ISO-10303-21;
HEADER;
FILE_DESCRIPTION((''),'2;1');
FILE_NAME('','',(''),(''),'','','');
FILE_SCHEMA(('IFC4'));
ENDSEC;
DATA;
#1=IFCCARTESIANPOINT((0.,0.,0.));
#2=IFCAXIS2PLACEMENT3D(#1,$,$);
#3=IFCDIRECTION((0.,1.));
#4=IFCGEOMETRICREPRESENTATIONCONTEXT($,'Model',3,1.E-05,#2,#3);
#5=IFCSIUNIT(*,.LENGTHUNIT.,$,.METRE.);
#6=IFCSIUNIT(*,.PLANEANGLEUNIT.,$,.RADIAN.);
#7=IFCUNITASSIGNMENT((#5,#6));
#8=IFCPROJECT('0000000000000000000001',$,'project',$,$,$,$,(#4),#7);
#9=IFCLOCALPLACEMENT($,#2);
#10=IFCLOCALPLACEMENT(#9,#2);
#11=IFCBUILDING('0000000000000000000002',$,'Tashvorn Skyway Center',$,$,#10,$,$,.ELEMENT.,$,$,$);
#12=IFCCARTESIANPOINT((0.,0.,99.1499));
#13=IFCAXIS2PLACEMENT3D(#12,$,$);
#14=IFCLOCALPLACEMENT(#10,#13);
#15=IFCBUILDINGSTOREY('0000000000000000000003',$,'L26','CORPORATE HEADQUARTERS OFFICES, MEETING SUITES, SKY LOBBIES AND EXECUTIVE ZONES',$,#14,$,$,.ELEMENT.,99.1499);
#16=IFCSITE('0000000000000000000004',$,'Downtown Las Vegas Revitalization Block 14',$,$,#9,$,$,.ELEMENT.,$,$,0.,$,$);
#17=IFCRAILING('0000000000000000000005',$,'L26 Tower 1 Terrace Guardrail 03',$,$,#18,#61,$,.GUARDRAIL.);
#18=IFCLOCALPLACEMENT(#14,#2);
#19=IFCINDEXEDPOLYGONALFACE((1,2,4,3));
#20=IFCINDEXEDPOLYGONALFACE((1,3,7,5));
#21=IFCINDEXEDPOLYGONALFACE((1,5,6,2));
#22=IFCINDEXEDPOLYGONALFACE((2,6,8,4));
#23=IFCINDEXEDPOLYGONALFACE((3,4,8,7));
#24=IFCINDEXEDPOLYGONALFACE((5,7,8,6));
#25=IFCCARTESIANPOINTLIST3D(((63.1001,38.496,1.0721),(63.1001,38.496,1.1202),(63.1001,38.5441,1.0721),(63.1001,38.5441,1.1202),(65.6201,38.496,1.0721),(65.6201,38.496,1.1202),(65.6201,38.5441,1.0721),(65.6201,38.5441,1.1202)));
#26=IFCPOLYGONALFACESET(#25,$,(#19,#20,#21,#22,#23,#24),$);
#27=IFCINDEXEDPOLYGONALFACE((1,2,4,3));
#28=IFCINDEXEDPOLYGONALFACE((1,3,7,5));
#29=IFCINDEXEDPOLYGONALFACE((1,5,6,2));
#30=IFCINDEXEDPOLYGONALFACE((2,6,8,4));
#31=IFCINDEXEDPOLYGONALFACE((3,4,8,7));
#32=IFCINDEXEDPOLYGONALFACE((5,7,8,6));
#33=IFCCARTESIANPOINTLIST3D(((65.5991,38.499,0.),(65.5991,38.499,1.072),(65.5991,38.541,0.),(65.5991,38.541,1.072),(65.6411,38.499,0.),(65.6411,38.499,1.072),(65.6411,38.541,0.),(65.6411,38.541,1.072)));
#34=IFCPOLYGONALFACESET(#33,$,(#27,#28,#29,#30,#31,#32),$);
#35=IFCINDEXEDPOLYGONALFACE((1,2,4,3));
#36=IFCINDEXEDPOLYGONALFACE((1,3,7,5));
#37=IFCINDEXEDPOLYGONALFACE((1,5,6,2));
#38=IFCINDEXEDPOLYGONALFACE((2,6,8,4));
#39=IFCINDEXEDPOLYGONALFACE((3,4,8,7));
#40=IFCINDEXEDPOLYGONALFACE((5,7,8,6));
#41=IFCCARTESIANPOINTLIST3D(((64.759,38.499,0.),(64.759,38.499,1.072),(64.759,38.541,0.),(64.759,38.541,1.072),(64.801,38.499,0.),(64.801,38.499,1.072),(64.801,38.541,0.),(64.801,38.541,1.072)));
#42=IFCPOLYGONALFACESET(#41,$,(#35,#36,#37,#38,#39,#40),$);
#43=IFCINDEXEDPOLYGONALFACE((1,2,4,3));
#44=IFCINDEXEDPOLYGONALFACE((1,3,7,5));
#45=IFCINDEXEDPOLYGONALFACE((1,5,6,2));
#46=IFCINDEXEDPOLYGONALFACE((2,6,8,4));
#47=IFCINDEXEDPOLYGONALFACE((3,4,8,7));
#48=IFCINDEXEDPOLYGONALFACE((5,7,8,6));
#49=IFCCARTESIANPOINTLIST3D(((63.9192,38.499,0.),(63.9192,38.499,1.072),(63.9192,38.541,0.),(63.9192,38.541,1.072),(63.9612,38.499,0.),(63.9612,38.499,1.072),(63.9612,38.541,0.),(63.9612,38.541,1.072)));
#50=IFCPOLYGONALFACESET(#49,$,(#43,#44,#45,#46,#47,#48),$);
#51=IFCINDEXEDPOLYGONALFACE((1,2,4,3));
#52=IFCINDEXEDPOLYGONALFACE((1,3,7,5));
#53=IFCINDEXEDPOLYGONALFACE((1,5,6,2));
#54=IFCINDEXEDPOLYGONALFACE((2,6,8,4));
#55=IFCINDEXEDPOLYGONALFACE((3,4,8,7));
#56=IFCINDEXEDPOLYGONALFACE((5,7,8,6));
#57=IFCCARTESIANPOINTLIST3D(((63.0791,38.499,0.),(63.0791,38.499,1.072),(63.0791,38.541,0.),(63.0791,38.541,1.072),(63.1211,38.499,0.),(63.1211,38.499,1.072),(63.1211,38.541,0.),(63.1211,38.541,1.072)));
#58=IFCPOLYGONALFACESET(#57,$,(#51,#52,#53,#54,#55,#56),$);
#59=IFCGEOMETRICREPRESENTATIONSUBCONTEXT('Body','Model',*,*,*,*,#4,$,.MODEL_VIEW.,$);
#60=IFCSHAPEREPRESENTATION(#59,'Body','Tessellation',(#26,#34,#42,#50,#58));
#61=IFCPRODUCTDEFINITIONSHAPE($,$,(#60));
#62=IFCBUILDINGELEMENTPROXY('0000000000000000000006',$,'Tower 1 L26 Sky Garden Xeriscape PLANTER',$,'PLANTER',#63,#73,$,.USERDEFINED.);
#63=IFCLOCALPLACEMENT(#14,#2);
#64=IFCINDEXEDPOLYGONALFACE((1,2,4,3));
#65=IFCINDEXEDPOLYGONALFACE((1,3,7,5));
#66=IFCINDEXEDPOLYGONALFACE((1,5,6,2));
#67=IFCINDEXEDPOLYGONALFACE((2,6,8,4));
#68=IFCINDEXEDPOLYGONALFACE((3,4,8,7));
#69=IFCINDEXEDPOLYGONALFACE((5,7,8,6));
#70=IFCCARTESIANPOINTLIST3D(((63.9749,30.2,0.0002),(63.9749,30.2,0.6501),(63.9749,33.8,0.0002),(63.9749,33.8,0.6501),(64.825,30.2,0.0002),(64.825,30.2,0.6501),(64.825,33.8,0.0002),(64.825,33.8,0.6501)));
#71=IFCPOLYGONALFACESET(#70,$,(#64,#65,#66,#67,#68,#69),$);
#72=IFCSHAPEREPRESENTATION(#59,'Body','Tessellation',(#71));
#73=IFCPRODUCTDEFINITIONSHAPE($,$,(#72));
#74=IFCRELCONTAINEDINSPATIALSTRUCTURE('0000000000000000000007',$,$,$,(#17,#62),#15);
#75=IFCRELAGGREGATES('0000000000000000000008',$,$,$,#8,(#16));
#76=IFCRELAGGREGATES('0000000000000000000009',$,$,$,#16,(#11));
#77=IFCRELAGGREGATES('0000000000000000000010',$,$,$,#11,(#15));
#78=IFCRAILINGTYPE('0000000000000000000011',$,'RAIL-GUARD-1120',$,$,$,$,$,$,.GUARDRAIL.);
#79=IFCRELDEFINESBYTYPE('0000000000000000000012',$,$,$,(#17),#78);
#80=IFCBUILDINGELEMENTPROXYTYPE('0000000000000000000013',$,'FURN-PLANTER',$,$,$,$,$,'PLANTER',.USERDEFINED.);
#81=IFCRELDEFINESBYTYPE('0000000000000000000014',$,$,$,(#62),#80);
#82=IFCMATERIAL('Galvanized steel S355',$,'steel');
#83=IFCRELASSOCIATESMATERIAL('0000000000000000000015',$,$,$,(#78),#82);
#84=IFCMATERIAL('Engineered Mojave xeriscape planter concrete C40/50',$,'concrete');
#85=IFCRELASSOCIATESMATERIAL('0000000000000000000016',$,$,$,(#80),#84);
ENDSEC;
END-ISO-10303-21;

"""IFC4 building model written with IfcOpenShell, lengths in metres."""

from ifc_helpers import new_model, si_unit, direction, frame, origin, origin_2d, place, context, subcontext, project, spatial, rectangle, extrude, material, type_object, element, save


model = new_model("IFC4")

# Units and contexts
model_context = context("Model", 3, precision=1e-05, world=origin(), true_north=direction((0.0, 1.0)))
body_context = subcontext(model_context, "Body", "Model", "MODEL_VIEW")
ifc_project = project(units=[si_unit("LENGTHUNIT", "METRE"), si_unit("PLANEANGLEUNIT", "RADIAN")], contexts=[model_context])

# Site, building, storey
site_placement = place(None, origin())
site = spatial("IfcSite", under=ifc_project, at=site_placement, Name="Downtown Las Vegas Revitalization Block 14", CompositionType="ELEMENT", RefElevation=0.0)
building_placement = place(site_placement, origin())
building = spatial("IfcBuilding", under=site, at=building_placement, Name="Tashvorn Skyway Center", CompositionType="ELEMENT")
storey_placement = place(building_placement, frame((0.0, 0.0, 99.1499)))
storey = spatial("IfcBuildingStorey", under=building, at=storey_placement, Name="L26", Description="CORPORATE HEADQUARTERS OFFICES, MEETING SUITES, SKY LOBBIES AND EXECUTIVE ZONES", CompositionType="ELEMENT", Elevation=99.1499)

# Railing
ifc_material_1 = material(Name="Galvanized steel S355", Category="steel")
railing_type = type_object("IfcRailingType", Name="RAIL-GUARD-1120", PredefinedType="GUARDRAIL", material=ifc_material_1)
railing_1_placement = place(storey_placement, frame((65.6201, 38.52, 0.0)))
element("IfcRailing", 1, at=railing_1_placement, inside=storey, type_object=railing_type, Name="L26 Tower 1 Terrace Guardrail 03", PredefinedType="GUARDRAIL", context=body_context, shape_type="SweptSolid", body=[
    extrude(rectangle(XDim=0.0481, YDim=0.0481, at=origin_2d()), frame((0.0, 0.0, 1.0962), z_axis=(-1.0, 0.0, 0.0), x_axis=(0.0, -1.0, 0.0)), (0.0, 0.0, 1.0), 2.52),
    extrude(rectangle(XDim=0.042, YDim=0.042, at=origin_2d()), origin(), (0.0, 0.0, 1.0), 1.072),
    extrude(rectangle(XDim=0.042, YDim=0.042, at=origin_2d()), frame((-0.8401, 0.0, 0.0)), (0.0, 0.0, 1.0), 1.072),
    extrude(rectangle(XDim=0.042, YDim=0.042, at=origin_2d()), frame((-1.6799, 0.0, 0.0)), (0.0, 0.0, 1.0), 1.072),
    extrude(rectangle(XDim=0.042, YDim=0.042, at=origin_2d()), frame((-2.52, 0.0, 0.0)), (0.0, 0.0, 1.0), 1.072),
])

# Building element proxy
ifc_material_2 = material(Name="Engineered Mojave xeriscape planter concrete C40/50", Category="concrete")
building_element_proxy_type = type_object("IfcBuildingElementProxyType", Name="FURN-PLANTER", ElementType="PLANTER", PredefinedType="USERDEFINED", material=ifc_material_2)
proxy_placement = place(storey_placement, frame((64.3999, 32.0, 0.0002), z_axis=(0.0, 0.0, 1.0), x_axis=(0.0, -1.0, 0.0)))
element("IfcBuildingElementProxy", 2, at=proxy_placement, inside=storey, type_object=building_element_proxy_type, Name="Tower 1 L26 Sky Garden Xeriscape PLANTER", ObjectType="PLANTER", PredefinedType="USERDEFINED", context=body_context, shape_type="SweptSolid", body=[
    extrude(rectangle(XDim=3.6001, YDim=0.8501, at=origin_2d()), origin(), (0.0, 0.0, 1.0), 0.6499),
])

save(model, "model.ifc")
